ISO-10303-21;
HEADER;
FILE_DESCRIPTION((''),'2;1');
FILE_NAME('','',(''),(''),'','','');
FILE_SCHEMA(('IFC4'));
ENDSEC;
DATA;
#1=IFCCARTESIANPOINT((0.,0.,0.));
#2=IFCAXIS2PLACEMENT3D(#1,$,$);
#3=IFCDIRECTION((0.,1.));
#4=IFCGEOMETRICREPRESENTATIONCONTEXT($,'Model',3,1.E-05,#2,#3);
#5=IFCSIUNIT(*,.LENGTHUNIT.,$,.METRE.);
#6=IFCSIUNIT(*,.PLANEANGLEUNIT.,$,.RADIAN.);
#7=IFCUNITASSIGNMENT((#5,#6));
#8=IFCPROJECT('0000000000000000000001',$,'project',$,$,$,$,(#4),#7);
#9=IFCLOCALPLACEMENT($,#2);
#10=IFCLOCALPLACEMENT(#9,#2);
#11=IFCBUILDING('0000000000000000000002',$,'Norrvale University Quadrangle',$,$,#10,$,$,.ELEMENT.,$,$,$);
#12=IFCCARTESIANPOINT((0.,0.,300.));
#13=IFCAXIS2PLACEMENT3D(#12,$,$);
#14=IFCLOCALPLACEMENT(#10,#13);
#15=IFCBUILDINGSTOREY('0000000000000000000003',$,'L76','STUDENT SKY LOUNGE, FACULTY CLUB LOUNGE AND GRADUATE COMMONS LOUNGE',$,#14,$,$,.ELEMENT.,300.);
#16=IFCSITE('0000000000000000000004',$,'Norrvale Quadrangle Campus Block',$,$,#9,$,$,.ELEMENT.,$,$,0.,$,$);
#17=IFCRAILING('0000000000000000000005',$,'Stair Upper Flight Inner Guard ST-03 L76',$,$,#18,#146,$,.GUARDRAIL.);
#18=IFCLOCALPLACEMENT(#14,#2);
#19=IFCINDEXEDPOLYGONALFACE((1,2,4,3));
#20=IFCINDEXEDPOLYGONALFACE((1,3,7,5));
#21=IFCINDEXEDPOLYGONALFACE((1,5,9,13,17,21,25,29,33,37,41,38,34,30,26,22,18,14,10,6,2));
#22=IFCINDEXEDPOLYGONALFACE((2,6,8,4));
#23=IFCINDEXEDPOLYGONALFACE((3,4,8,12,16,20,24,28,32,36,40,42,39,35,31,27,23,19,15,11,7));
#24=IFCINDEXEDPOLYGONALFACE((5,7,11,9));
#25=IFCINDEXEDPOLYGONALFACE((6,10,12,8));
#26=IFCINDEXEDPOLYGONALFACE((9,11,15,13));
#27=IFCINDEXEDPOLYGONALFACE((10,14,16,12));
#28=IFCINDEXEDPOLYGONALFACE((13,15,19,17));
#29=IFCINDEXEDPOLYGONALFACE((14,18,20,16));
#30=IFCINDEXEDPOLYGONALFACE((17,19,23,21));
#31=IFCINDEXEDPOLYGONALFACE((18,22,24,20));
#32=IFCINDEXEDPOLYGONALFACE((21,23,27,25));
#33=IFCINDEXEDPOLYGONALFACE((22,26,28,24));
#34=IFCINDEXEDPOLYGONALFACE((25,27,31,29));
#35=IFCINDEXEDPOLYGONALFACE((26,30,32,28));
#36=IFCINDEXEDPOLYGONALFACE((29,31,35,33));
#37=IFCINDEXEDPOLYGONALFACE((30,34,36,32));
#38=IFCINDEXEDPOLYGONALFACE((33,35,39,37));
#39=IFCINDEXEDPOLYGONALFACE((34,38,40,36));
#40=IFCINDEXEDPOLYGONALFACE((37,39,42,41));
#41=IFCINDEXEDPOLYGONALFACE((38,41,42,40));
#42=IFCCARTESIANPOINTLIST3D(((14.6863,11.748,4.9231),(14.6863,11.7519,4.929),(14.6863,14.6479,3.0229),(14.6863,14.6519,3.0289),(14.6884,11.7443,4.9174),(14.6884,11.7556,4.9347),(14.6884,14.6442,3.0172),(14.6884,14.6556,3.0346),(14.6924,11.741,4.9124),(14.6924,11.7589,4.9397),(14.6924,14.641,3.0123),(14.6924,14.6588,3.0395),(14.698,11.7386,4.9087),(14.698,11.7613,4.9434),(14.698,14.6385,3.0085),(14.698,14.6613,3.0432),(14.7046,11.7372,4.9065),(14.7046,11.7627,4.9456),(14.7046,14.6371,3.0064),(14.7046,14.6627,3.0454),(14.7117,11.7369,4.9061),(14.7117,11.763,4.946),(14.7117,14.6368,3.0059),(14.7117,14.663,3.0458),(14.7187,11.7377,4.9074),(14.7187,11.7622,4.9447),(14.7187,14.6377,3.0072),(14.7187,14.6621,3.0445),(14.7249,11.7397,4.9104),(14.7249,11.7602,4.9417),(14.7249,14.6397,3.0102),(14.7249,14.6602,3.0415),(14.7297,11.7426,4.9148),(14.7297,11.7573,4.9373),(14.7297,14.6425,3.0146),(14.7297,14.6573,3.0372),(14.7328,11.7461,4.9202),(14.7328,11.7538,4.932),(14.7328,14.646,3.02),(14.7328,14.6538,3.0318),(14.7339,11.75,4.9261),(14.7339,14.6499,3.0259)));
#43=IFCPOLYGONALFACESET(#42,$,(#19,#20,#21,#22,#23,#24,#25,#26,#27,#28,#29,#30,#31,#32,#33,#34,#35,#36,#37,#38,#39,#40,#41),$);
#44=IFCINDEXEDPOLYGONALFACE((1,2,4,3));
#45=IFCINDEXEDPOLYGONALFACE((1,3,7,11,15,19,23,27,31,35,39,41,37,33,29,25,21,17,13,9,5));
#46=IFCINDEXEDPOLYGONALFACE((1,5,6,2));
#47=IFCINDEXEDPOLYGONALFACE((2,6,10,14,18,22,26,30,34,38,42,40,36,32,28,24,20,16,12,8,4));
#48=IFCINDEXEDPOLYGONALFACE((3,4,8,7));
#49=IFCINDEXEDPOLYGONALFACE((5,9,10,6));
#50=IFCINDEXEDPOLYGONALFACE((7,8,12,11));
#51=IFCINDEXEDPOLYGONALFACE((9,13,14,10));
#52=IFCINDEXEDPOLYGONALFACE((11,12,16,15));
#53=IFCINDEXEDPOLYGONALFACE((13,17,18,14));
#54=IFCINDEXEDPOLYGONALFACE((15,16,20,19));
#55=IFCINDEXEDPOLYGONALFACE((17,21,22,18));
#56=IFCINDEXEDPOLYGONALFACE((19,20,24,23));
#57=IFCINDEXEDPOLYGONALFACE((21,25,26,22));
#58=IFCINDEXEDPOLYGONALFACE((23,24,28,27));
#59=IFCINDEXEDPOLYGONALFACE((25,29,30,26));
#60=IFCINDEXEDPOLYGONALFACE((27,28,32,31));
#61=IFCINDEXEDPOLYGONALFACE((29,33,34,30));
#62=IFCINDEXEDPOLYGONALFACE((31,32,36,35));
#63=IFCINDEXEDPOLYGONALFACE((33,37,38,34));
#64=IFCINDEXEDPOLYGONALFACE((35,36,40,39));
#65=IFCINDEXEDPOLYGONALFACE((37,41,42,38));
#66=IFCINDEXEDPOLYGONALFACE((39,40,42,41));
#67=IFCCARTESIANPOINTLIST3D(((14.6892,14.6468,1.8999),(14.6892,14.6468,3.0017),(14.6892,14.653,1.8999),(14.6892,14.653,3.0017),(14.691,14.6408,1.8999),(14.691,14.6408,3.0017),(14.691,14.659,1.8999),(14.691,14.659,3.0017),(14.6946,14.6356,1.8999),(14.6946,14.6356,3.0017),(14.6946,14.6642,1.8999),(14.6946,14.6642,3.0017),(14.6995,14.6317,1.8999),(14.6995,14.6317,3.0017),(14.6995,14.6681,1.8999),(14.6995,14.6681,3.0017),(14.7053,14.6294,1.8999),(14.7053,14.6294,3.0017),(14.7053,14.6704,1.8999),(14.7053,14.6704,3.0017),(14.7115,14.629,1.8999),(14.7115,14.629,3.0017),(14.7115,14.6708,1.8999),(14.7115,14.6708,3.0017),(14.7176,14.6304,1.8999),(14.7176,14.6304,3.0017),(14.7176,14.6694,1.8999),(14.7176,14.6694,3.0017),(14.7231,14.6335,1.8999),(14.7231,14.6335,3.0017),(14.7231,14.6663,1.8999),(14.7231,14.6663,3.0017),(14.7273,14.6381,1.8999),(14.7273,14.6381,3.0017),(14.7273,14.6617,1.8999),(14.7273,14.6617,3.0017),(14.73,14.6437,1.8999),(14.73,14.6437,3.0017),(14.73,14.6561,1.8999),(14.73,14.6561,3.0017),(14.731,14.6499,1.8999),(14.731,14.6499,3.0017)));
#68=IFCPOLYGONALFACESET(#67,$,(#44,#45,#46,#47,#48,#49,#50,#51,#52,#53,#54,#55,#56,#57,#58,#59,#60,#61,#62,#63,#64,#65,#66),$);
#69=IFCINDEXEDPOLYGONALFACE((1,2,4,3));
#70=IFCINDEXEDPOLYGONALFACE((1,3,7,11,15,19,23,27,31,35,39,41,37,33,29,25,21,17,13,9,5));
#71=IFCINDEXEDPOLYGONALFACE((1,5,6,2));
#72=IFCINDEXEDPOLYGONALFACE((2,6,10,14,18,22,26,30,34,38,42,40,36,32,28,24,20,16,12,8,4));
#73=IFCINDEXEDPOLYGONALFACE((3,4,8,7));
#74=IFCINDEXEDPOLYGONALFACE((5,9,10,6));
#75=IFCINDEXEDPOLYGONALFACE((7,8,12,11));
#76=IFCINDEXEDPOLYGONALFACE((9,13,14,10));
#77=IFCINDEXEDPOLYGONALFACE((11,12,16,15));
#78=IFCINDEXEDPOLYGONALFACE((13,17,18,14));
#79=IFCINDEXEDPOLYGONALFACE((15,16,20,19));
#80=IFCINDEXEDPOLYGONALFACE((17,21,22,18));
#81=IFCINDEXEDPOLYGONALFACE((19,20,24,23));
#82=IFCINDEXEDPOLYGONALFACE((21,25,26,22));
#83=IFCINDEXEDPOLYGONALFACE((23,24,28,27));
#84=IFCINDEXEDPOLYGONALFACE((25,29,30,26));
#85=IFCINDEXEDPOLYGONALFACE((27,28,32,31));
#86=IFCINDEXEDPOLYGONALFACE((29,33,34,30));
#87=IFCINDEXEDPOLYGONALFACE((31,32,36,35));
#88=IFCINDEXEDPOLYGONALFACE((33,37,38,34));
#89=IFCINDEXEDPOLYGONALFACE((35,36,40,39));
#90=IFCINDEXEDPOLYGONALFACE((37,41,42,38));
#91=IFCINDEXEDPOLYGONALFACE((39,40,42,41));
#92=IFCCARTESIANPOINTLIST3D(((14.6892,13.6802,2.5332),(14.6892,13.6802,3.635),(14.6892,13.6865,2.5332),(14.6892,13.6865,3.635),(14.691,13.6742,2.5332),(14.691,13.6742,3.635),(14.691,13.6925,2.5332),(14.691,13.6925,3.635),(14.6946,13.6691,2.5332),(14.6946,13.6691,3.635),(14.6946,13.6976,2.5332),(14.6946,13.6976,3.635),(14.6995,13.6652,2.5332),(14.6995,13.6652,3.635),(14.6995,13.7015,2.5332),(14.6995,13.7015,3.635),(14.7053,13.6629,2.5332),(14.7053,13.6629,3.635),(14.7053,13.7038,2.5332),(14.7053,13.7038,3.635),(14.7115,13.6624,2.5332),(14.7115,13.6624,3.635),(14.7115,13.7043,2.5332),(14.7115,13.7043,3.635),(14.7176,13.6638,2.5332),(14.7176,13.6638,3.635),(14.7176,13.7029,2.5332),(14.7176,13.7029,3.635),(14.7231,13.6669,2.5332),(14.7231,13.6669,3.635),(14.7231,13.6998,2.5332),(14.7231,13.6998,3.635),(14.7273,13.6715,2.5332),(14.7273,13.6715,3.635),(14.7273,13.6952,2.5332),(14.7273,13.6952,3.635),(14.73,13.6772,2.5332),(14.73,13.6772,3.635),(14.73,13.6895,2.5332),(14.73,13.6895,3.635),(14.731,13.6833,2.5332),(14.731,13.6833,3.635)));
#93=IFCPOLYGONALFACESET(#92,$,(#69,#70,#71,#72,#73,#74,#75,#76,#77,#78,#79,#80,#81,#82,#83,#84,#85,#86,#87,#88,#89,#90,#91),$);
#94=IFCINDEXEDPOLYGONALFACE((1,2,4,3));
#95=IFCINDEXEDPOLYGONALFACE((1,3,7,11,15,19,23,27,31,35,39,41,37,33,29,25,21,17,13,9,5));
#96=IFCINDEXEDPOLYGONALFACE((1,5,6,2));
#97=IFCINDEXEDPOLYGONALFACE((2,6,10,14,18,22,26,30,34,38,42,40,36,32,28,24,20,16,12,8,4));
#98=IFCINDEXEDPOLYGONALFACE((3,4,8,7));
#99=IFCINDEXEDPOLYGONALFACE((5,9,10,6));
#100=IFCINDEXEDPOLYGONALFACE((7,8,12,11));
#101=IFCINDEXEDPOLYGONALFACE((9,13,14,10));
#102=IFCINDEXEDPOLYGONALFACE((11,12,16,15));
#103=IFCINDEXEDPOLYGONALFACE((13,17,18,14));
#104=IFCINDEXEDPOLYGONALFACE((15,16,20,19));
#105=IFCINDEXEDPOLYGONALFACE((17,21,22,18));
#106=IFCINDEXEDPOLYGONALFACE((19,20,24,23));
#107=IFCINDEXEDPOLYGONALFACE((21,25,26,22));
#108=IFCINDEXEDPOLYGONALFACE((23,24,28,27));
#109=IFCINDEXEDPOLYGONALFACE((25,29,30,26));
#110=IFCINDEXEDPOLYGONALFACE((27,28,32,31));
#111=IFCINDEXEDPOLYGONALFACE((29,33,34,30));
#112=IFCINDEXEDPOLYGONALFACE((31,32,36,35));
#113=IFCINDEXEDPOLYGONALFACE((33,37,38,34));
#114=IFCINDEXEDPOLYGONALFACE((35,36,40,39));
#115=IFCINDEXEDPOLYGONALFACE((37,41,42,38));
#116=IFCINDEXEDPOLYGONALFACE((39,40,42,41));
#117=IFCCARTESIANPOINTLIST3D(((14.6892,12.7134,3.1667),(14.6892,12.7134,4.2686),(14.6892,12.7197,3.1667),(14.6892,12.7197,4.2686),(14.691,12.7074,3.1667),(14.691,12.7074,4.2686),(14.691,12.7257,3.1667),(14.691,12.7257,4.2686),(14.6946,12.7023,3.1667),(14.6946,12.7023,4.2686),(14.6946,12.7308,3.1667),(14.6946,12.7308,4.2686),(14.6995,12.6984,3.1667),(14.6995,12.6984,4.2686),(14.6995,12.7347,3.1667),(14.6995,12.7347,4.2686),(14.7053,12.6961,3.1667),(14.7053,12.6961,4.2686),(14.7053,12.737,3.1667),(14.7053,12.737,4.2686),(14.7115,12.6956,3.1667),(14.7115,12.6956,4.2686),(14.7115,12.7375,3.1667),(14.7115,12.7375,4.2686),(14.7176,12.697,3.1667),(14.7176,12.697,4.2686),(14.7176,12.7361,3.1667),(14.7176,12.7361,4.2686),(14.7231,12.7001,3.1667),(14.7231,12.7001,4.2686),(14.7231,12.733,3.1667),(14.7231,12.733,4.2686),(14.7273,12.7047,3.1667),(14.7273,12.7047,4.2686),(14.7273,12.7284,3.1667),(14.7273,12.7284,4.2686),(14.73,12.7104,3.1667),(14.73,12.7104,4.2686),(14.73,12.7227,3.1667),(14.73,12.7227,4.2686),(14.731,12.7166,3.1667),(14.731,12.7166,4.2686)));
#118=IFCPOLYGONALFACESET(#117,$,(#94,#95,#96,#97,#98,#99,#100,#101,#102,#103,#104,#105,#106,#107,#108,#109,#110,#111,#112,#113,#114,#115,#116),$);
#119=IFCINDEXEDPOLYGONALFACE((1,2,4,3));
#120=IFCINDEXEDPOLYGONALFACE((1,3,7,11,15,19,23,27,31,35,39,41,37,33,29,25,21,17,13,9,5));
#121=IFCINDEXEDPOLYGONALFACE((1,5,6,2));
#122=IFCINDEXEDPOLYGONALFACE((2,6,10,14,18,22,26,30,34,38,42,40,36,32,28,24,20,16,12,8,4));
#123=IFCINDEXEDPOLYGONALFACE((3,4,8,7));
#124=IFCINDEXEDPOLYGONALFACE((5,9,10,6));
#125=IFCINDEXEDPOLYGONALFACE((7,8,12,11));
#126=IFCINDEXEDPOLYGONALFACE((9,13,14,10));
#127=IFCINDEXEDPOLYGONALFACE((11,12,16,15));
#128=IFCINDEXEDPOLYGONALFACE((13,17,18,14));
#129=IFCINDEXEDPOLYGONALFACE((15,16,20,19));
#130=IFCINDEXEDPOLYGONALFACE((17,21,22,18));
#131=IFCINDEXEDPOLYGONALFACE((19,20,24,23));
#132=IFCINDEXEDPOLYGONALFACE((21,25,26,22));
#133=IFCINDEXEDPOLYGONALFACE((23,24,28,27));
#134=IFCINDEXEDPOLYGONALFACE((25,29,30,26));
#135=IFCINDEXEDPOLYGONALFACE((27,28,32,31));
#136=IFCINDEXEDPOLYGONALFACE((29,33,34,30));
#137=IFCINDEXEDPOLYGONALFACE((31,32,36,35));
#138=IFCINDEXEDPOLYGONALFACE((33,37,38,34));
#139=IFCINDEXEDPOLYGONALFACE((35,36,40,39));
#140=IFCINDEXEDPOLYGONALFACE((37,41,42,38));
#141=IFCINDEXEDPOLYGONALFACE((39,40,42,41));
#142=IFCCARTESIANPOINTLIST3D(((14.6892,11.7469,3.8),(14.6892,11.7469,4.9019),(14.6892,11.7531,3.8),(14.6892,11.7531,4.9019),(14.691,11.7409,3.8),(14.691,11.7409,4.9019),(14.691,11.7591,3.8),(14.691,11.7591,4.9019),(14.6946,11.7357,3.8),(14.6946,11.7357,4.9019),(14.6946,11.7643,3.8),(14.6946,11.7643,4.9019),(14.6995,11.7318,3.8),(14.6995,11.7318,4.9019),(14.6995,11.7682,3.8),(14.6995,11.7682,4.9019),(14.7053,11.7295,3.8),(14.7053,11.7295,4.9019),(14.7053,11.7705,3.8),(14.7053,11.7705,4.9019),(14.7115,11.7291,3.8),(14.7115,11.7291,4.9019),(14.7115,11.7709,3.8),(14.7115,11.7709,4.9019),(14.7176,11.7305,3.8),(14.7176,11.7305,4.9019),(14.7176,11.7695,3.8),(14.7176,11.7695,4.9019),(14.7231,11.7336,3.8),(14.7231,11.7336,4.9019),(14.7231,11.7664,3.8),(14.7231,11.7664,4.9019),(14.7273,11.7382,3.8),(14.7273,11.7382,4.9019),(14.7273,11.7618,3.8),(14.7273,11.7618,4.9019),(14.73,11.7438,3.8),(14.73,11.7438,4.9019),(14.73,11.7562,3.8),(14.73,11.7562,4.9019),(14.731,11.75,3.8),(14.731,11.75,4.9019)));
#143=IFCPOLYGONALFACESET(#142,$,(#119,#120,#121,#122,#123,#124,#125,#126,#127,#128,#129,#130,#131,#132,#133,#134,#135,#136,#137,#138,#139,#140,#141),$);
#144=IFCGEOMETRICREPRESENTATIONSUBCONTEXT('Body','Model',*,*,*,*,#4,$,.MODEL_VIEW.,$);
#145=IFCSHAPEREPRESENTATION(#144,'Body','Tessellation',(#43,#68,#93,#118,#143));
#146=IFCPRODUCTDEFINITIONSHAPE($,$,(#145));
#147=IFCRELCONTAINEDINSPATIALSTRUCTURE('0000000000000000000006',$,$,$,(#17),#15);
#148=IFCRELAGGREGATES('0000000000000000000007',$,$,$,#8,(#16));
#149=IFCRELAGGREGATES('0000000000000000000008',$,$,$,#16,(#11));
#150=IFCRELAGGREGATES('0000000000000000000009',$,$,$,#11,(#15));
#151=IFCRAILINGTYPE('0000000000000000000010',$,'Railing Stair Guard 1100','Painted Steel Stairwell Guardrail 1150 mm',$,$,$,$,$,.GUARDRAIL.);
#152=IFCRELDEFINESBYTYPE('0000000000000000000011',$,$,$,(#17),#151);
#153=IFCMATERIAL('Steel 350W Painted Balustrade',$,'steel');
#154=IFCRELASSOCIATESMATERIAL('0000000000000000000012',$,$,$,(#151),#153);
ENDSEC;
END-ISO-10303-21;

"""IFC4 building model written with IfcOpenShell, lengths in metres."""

from ifc_helpers import new_model, si_unit, direction, frame, origin, origin_2d, place, context, subcontext, project, spatial, circle, extrude, material, type_object, element, save


model = new_model("IFC4")

# Units and contexts
model_context = context("Model", 3, precision=1e-05, world=origin(), true_north=direction((0.0, 1.0)))
body_context = subcontext(model_context, "Body", "Model", "MODEL_VIEW")
ifc_project = project(units=[si_unit("LENGTHUNIT", "METRE"), si_unit("PLANEANGLEUNIT", "RADIAN")], contexts=[model_context])

# Site, building, storey
site_placement = place(None, origin())
site = spatial("IfcSite", under=ifc_project, at=site_placement, Name="Norrvale Quadrangle Campus Block", CompositionType="ELEMENT", RefElevation=0.0)
building_placement = place(site_placement, origin())
building = spatial("IfcBuilding", under=site, at=building_placement, Name="Norrvale University Quadrangle", CompositionType="ELEMENT")
storey_placement = place(building_placement, frame((0.0, 0.0, 300.0)))
storey = spatial("IfcBuildingStorey", under=building, at=storey_placement, Name="L76", Description="STUDENT SKY LOUNGE, FACULTY CLUB LOUNGE AND GRADUATE COMMONS LOUNGE", CompositionType="ELEMENT", Elevation=300.0)

# Railing
ifc_material_1 = material(Name="Steel 350W Painted Balustrade", Category="steel")
railing_type_1 = type_object("IfcRailingType", Name="Railing Stair Guard 1100", Description="Painted Steel Stairwell Guardrail 1150 mm", PredefinedType="GUARDRAIL", material=ifc_material_1)
railing_1_placement = place(storey_placement, frame((14.71, 14.6499, 1.8999)))
element("IfcRailing", 1, at=railing_1_placement, inside=storey, type_object=railing_type_1, Name="Stair Upper Flight Inner Guard ST-03 L76", PredefinedType="GUARDRAIL", context=body_context, shape_type="SweptSolid", body=[
    extrude(circle(Radius=0.0239, at=origin_2d()), frame((0.0, 0.0, 1.126), z_axis=(0.0, -0.836433, 0.548069), x_axis=(1.0, 0.0, 0.0)), (0.0, 0.0, 1.0), 3.467),
    extrude(circle(Radius=0.021, at=origin_2d()), origin(), (0.0, 0.0, 1.0), 1.1018),
    extrude(circle(Radius=0.021, at=origin_2d()), frame((0.0, -0.9666, 0.6333)), (0.0, 0.0, 1.0), 1.1018),
    extrude(circle(Radius=0.021, at=origin_2d()), frame((0.0, -1.9333, 1.2668)), (0.0, 0.0, 1.0), 1.1018),
    extrude(circle(Radius=0.021, at=origin_2d()), frame((0.0, -2.8999, 1.9001)), (0.0, 0.0, 1.0), 1.1018),
])

save(model, "model.ifc")
